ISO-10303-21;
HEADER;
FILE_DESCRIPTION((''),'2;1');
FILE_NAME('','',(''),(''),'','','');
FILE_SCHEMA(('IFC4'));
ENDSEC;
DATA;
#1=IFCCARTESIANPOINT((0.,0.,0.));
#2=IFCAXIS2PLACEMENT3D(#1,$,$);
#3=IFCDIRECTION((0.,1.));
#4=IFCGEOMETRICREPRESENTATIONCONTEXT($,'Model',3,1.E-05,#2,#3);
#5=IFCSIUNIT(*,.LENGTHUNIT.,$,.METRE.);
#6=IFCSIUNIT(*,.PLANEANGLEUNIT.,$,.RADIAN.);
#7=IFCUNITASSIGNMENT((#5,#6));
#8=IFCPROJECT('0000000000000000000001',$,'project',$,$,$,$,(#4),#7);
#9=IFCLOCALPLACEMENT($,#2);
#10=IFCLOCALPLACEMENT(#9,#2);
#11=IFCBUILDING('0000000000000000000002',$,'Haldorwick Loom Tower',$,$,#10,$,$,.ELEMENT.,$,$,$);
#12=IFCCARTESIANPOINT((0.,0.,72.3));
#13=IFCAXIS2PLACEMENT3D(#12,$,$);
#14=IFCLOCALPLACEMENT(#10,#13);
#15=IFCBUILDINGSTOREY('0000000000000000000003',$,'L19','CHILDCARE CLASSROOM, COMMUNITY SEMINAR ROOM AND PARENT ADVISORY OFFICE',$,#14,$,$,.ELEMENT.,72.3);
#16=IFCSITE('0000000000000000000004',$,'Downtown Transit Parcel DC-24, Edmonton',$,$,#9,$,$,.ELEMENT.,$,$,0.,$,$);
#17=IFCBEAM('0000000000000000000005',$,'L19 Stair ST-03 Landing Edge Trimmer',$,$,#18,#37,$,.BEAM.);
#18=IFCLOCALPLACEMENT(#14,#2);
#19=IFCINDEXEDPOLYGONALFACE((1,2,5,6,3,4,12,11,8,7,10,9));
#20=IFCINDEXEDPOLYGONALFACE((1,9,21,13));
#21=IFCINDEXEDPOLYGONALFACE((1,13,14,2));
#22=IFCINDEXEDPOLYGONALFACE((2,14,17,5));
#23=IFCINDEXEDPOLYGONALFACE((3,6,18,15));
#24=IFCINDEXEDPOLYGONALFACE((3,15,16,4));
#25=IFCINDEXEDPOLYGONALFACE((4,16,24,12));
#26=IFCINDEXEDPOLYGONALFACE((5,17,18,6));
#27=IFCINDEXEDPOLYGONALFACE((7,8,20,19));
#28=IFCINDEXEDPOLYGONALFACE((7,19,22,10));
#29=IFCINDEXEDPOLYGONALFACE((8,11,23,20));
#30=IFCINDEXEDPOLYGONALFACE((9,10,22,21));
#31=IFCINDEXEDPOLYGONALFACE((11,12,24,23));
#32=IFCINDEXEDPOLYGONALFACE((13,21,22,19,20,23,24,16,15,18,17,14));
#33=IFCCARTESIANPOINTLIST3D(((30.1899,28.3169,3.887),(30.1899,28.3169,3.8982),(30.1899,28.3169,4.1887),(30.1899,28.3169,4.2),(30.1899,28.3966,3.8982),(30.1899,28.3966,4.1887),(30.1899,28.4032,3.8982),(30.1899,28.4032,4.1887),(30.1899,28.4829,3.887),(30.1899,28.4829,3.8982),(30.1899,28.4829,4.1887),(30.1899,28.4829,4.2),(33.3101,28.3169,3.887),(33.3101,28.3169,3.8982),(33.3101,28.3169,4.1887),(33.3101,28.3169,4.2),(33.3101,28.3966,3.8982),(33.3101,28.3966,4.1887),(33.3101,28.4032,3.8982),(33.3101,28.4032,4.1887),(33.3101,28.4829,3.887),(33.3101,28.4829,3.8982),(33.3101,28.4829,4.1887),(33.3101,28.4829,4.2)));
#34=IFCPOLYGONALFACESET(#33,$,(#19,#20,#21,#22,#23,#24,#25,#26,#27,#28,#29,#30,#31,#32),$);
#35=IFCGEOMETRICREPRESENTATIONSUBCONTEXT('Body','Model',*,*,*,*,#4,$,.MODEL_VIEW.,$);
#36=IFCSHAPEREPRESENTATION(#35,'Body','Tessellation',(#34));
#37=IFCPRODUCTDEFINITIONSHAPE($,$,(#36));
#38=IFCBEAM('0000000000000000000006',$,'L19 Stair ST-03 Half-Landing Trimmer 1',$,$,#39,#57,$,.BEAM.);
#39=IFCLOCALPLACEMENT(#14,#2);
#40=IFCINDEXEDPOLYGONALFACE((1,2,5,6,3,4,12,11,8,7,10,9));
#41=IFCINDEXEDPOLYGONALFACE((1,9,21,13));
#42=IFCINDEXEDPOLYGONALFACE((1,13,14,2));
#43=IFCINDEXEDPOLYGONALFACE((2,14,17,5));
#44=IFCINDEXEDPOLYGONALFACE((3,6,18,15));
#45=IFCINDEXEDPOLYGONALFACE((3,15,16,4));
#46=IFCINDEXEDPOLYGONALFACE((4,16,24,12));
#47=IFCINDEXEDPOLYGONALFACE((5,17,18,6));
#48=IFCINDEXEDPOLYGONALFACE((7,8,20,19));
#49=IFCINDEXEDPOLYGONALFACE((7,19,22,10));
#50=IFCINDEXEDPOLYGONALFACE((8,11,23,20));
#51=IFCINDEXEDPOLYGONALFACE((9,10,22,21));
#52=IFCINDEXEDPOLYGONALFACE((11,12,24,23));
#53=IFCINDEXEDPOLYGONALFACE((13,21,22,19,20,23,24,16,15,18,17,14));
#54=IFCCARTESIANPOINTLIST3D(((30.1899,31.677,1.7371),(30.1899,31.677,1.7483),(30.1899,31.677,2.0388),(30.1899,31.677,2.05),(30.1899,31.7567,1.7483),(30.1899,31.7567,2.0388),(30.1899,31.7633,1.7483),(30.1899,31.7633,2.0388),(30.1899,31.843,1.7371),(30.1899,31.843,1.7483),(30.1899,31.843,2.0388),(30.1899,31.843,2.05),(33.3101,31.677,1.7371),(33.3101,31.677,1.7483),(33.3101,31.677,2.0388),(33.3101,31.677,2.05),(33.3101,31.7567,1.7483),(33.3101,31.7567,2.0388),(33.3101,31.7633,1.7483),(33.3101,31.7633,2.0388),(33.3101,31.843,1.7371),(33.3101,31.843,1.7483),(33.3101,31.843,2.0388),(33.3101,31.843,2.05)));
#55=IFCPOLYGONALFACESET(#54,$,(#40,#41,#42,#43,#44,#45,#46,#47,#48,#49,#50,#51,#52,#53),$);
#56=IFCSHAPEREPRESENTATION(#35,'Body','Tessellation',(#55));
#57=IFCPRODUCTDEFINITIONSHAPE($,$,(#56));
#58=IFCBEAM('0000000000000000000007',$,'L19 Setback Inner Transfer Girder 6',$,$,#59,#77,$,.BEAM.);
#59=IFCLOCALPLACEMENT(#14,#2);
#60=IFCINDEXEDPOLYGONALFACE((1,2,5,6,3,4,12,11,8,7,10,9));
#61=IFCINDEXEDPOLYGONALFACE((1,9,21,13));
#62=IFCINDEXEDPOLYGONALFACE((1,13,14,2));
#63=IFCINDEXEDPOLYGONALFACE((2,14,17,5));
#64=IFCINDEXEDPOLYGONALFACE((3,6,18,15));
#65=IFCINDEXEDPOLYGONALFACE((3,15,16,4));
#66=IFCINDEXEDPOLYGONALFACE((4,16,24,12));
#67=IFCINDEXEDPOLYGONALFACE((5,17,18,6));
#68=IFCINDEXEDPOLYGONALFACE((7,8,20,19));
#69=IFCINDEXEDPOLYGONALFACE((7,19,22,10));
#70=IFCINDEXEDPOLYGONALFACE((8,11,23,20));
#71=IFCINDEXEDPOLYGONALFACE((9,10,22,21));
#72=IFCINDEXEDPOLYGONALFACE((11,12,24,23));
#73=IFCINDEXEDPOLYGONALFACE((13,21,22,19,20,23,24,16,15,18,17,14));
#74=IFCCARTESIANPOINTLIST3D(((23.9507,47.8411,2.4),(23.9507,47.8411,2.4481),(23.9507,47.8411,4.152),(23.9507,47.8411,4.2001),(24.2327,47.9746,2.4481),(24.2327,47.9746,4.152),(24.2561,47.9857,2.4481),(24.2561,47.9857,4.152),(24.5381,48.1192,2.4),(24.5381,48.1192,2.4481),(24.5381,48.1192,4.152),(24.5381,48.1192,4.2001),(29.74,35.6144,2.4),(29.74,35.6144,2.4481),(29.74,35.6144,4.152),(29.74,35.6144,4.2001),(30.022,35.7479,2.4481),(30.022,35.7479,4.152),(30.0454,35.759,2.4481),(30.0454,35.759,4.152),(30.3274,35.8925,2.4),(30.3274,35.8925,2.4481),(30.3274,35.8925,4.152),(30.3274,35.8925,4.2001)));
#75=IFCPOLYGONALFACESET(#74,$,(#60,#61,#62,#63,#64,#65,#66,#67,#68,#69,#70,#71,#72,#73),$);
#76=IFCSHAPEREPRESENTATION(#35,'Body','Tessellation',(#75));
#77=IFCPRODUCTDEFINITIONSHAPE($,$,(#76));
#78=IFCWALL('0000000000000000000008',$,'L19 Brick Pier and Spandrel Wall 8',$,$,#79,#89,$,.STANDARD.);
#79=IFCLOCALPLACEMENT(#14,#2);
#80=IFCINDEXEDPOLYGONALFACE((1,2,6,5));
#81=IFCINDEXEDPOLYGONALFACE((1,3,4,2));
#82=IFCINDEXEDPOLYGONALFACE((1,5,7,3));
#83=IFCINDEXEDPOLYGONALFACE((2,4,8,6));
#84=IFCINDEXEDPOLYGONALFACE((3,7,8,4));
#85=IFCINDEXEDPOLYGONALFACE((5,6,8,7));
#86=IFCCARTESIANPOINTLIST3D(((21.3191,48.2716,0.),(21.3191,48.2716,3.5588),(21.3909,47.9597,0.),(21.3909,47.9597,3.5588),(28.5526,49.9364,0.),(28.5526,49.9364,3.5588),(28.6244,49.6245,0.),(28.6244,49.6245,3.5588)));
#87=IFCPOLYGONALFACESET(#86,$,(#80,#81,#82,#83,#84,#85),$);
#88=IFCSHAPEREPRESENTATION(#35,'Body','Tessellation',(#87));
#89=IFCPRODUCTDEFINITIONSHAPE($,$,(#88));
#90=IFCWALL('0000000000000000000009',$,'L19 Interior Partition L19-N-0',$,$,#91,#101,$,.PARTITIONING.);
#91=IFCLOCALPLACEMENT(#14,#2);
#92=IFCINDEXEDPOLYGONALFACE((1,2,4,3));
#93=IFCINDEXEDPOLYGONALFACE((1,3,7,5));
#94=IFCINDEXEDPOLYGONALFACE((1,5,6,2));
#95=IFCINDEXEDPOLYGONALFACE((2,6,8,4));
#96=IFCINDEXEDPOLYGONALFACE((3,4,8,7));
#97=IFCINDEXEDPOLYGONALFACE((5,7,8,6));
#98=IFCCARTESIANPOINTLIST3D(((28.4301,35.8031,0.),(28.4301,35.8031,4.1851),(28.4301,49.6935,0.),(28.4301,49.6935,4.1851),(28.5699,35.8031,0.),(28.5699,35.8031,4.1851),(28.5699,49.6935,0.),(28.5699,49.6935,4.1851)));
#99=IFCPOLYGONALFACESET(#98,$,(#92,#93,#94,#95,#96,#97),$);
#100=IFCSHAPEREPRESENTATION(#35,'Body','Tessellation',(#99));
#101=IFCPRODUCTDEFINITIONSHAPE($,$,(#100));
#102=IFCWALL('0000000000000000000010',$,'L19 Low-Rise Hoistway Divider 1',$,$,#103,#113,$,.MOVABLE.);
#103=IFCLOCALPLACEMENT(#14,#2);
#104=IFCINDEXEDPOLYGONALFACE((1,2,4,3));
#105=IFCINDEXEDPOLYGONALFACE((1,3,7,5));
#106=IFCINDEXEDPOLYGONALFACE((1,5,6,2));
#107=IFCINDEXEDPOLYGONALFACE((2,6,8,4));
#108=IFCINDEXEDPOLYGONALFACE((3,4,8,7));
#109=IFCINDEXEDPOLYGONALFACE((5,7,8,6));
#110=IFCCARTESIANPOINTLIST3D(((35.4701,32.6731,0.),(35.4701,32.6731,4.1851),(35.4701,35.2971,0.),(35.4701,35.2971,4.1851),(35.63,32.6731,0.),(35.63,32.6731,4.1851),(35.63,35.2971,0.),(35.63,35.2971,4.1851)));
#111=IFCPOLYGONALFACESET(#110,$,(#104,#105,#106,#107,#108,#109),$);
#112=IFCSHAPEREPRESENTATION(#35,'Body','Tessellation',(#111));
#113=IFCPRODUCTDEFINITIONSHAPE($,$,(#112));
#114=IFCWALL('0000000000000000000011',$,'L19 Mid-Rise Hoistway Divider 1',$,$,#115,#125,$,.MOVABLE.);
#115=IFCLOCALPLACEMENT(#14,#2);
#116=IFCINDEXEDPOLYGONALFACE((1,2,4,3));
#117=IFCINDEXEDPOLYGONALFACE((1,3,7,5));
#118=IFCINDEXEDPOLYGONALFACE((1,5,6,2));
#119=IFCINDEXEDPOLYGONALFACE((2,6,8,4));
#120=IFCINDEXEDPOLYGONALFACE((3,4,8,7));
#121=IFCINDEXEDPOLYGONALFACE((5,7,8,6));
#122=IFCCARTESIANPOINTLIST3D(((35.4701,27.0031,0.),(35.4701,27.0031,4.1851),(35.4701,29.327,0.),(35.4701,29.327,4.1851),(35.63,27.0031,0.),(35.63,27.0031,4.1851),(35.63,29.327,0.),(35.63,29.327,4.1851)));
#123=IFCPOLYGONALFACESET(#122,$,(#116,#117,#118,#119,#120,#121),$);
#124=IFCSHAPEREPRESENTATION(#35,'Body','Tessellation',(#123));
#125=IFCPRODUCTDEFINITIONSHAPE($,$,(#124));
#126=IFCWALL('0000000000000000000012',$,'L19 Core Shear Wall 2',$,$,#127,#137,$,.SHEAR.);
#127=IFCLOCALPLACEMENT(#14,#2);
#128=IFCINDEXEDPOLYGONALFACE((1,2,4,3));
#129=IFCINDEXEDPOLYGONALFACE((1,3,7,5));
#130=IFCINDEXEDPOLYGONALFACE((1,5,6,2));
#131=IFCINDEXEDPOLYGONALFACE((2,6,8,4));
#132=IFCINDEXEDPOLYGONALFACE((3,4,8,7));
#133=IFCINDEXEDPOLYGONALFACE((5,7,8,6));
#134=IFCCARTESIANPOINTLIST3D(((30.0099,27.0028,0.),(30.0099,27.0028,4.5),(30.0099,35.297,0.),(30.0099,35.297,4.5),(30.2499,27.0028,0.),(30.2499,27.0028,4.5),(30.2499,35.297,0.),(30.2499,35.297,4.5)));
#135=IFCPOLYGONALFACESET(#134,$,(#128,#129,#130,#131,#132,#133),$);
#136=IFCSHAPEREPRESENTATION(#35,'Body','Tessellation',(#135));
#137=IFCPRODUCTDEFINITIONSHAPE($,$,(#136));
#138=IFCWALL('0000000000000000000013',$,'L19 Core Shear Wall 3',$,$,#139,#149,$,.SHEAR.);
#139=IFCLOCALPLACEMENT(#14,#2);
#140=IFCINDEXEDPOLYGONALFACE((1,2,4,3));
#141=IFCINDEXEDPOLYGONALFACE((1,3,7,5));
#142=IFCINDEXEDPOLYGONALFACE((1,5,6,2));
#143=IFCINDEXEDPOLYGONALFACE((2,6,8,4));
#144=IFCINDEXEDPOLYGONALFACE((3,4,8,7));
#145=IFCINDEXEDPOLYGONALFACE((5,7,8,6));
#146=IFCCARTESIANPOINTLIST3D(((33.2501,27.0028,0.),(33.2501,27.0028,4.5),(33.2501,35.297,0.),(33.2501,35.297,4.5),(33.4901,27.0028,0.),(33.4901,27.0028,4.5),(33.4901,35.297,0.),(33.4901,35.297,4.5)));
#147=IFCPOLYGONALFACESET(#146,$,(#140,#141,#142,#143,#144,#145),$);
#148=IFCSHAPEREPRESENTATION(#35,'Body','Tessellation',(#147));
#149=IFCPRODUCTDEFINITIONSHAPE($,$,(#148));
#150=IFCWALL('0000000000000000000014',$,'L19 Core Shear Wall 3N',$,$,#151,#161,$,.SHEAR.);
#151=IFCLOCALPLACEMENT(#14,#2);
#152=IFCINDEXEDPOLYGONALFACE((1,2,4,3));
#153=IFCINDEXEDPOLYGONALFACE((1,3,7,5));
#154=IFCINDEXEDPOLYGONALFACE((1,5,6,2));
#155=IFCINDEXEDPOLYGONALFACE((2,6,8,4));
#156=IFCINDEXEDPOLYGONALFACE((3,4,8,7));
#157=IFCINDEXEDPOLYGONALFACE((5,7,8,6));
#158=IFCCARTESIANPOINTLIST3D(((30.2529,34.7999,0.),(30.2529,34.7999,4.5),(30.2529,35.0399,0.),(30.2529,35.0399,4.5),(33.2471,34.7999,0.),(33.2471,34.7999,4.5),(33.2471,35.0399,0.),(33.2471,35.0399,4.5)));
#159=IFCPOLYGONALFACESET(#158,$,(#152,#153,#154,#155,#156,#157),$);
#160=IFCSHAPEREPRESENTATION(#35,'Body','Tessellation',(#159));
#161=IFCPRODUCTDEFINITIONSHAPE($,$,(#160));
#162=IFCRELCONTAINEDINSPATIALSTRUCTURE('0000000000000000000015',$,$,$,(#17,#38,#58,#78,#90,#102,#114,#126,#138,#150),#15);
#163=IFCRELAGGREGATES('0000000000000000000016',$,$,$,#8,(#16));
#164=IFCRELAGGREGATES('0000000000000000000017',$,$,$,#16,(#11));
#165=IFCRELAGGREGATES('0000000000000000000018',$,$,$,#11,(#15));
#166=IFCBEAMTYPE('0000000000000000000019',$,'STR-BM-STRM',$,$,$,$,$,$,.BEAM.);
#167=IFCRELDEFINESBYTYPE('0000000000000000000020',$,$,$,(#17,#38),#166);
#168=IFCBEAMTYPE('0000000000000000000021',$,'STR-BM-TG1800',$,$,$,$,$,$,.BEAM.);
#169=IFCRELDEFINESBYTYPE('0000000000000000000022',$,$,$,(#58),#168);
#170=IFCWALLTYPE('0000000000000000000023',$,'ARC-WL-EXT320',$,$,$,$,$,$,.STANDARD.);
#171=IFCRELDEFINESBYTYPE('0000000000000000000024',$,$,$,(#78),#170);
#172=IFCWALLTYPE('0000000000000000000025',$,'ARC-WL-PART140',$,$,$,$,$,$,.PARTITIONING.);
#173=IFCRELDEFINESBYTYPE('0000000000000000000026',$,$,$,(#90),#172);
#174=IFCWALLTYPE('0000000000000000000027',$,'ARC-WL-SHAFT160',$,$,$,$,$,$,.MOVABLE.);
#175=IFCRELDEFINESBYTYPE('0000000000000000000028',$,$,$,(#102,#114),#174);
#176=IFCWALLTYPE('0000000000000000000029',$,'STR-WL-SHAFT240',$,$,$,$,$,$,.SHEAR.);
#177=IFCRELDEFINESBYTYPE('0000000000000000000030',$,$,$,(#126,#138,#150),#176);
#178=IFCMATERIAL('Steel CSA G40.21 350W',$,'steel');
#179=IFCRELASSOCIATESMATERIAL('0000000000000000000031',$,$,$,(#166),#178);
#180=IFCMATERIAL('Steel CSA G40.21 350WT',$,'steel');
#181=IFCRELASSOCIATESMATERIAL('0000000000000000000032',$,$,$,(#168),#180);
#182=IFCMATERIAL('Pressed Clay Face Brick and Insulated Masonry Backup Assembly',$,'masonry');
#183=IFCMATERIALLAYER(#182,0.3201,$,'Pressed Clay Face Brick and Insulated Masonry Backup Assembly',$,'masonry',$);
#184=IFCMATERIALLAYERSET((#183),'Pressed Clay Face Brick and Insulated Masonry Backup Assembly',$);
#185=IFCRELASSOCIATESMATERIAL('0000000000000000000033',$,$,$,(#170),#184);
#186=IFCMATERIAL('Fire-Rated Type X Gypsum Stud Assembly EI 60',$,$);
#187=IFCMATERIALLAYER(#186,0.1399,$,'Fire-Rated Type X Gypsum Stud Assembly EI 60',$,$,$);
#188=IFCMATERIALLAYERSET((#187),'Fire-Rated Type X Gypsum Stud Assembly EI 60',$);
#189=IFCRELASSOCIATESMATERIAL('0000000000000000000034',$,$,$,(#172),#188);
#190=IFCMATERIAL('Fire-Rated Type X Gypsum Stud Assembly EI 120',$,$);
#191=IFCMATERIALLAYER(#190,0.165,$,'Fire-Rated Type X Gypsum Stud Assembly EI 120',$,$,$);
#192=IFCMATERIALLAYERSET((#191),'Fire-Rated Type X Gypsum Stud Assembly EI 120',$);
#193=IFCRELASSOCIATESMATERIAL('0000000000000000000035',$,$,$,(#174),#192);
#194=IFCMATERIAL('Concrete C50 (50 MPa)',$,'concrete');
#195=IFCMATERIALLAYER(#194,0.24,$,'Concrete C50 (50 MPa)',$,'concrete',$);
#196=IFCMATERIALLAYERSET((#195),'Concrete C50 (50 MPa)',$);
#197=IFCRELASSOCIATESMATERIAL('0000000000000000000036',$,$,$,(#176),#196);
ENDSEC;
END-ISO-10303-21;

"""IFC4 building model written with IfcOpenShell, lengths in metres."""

from ifc_helpers import new_model, si_unit, direction, frame, frame_2d, origin, origin_2d, place, context, subcontext, project, spatial, rectangle, i_section, extrude, material, layer, layer_set, material_profile, profile_set, type_object, element, save


model = new_model("IFC4")

# Units and contexts
model_context = context("Model", 3, precision=1e-05, world=origin(), true_north=direction((0.0, 1.0)))
body_context = subcontext(model_context, "Body", "Model", "MODEL_VIEW")
ifc_project = project(units=[si_unit("LENGTHUNIT", "METRE"), si_unit("PLANEANGLEUNIT", "RADIAN")], contexts=[model_context])

# Site, building, storey
site_placement = place(None, origin())
site = spatial("IfcSite", under=ifc_project, at=site_placement, Name="Downtown Transit Parcel DC-24, Edmonton", CompositionType="ELEMENT", RefElevation=0.0)
building_placement = place(site_placement, origin())
building = spatial("IfcBuilding", under=site, at=building_placement, Name="Haldorwick Loom Tower", CompositionType="ELEMENT")
storey_placement = place(building_placement, frame((0.0, 0.0, 72.3)))
storey = spatial("IfcBuildingStorey", under=building, at=storey_placement, Name="L19", Description="CHILDCARE CLASSROOM, COMMUNITY SEMINAR ROOM AND PARENT ADVISORY OFFICE", CompositionType="ELEMENT", Elevation=72.3)

# Shared definitions
ifc_material_1 = material(Name="Steel CSA G40.21 350WT", Category="steel")

# Beams
ifc_material_2 = material(Name="Steel CSA G40.21 350W", Category="steel")
ifc_material_profile_1 = material_profile(ifc_material_2, i_section(OverallWidth=0.166, OverallDepth=0.313, WebThickness=0.0066, FlangeThickness=0.0112, at=origin_2d()), Name="W310X45", Category="steel")
ifc_profile_set_1 = profile_set([ifc_material_profile_1], Name="Steel CSA G40.21 350W")
beam_type_1 = type_object("IfcBeamType", Name="STR-BM-STRM", PredefinedType="BEAM", material=ifc_profile_set_1)
for number, where, z_axis, x_axis, name in (
    (1, (30.1899, 28.3999, 4.0435), (1.0, 0.0, 0.0), (0.0, 1.0, 0.0), "L19 Stair ST-03 Landing Edge Trimmer"),
    (2, (30.1899, 31.76, 1.8936), (1.0, 0.0, 0.0), (0.0, 1.0, 0.0), "L19 Stair ST-03 Half-Landing Trimmer 1"),
):
    element("IfcBeam", number, at=place(storey_placement, frame(where, z_axis=z_axis, x_axis=x_axis)), inside=storey, type_object=beam_type_1, Name=name, PredefinedType="BEAM", context=body_context, shape_type="SweptSolid", body=[
        extrude(i_section(OverallWidth=0.166, OverallDepth=0.313, WebThickness=0.0066, FlangeThickness=0.0112, at=origin_2d()), origin(), (0.0, 0.0, 1.0), 3.1201),
    ])
ifc_material_profile_2 = material_profile(ifc_material_1, i_section(OverallWidth=0.6499, OverallDepth=1.8, WebThickness=0.0259, FlangeThickness=0.0481, at=origin_2d()), Name="WWF1800X650", Category="steel")
ifc_profile_set_2 = profile_set([ifc_material_profile_2], Name="Steel CSA G40.21 350WT")
beam_type_2 = type_object("IfcBeamType", Name="STR-BM-TG1800", PredefinedType="BEAM", material=ifc_profile_set_2)
beam_1_placement = place(storey_placement, frame((30.0337, 35.7534, 3.3), z_axis=(-0.427945, 0.903805, 0.0), x_axis=(-0.903805, -0.427945, 0.0)))
element("IfcBeam", 3, at=beam_1_placement, inside=storey, type_object=beam_type_2, Name="L19 Setback Inner Transfer Girder 6", PredefinedType="BEAM", context=body_context, shape_type="SweptSolid", body=[
    extrude(i_section(OverallWidth=0.6499, OverallDepth=1.8, WebThickness=0.0259, FlangeThickness=0.0481, at=origin_2d()), origin(), (0.0, 0.0, 1.0), 13.5281),
])

# Walls
ifc_material_3 = material(Name="Pressed Clay Face Brick and Insulated Masonry Backup Assembly", Category="masonry")
ifc_layer_1 = layer(ifc_material_3, 0.3201, Name="Pressed Clay Face Brick and Insulated Masonry Backup Assembly", Category="masonry")
ifc_layer_set_1 = layer_set([ifc_layer_1], Name="Pressed Clay Face Brick and Insulated Masonry Backup Assembly")
wall_type_1 = type_object("IfcWallType", Name="ARC-WL-EXT320", PredefinedType="STANDARD", material=ifc_layer_set_1)
wall_1_placement = place(storey_placement, frame((28.5886, 49.7805, 0.0), z_axis=(0.0, 0.0, 1.0), x_axis=(-0.974522, -0.22429, 0.0)))
element("IfcWall", 4, at=wall_1_placement, inside=storey, type_object=wall_type_1, Name="L19 Brick Pier and Spandrel Wall 8", PredefinedType="STANDARD", context=body_context, shape_type="SweptSolid", body=[
    extrude(rectangle(XDim=7.4226, YDim=0.3201, at=frame_2d((3.7114, 0.0))), origin(), (0.0, 0.0, 1.0), 3.5588),
])
ifc_material_4 = material(Name="Fire-Rated Type X Gypsum Stud Assembly EI 60")
ifc_layer_2 = layer(ifc_material_4, 0.1399, Name="Fire-Rated Type X Gypsum Stud Assembly EI 60")
ifc_layer_set_2 = layer_set([ifc_layer_2], Name="Fire-Rated Type X Gypsum Stud Assembly EI 60")
wall_type_2 = type_object("IfcWallType", Name="ARC-WL-PART140", PredefinedType="PARTITIONING", material=ifc_layer_set_2)
wall_2_placement = place(storey_placement, frame((28.5, 35.803, 0.0), z_axis=(0.0, 0.0, 1.0), x_axis=(0.0, 1.0, 0.0)))
element("IfcWall", 5, at=wall_2_placement, inside=storey, type_object=wall_type_2, Name="L19 Interior Partition L19-N-0", PredefinedType="PARTITIONING", context=body_context, shape_type="SweptSolid", body=[
    extrude(rectangle(XDim=13.8904, YDim=0.1399, at=frame_2d((6.9453, 0.0))), origin(), (0.0, 0.0, 1.0), 4.1851),
])
ifc_material_5 = material(Name="Fire-Rated Type X Gypsum Stud Assembly EI 120")
ifc_layer_3 = layer(ifc_material_5, 0.165, Name="Fire-Rated Type X Gypsum Stud Assembly EI 120")
ifc_layer_set_3 = layer_set([ifc_layer_3], Name="Fire-Rated Type X Gypsum Stud Assembly EI 120")
wall_type_3 = type_object("IfcWallType", Name="ARC-WL-SHAFT160", PredefinedType="MOVABLE", material=ifc_layer_set_3)
wall_3_placement = place(storey_placement, frame((35.55, 32.6731, 0.0), z_axis=(0.0, 0.0, 1.0), x_axis=(0.0, 1.0, 0.0)))
element("IfcWall", 6, at=wall_3_placement, inside=storey, type_object=wall_type_3, Name="L19 Low-Rise Hoistway Divider 1", PredefinedType="MOVABLE", context=body_context, shape_type="SweptSolid", body=[
    extrude(rectangle(XDim=2.624, YDim=0.1599, at=frame_2d((1.312, 0.0))), origin(), (0.0, 0.0, 1.0), 4.1851),
])
wall_4_placement = place(storey_placement, frame((35.55, 27.0029, 0.0), z_axis=(0.0, 0.0, 1.0), x_axis=(0.0, 1.0, 0.0)))
element("IfcWall", 7, at=wall_4_placement, inside=storey, type_object=wall_type_3, Name="L19 Mid-Rise Hoistway Divider 1", PredefinedType="MOVABLE", context=body_context, shape_type="SweptSolid", body=[
    extrude(rectangle(XDim=2.324, YDim=0.1599, at=frame_2d((1.1621, 0.0))), origin(), (0.0, 0.0, 1.0), 4.1851),
])
ifc_material_6 = material(Name="Concrete C50 (50 MPa)", Category="concrete")
ifc_layer_4 = layer(ifc_material_6, 0.24, Name="Concrete C50 (50 MPa)", Category="concrete")
ifc_layer_set_4 = layer_set([ifc_layer_4], Name="Concrete C50 (50 MPa)")
wall_type_4 = type_object("IfcWallType", Name="STR-WL-SHAFT240", PredefinedType="SHEAR", material=ifc_layer_set_4)
for number, where, z_axis, x_axis, name in (
    (8, (30.1299, 27.0029, 0.0), (0.0, 0.0, 1.0), (0.0, 1.0, 0.0), "L19 Core Shear Wall 2"),
    (9, (33.3701, 27.0029, 0.0), (0.0, 0.0, 1.0), (0.0, 1.0, 0.0), "L19 Core Shear Wall 3"),
):
    element("IfcWall", number, at=place(storey_placement, frame(where, z_axis=z_axis, x_axis=x_axis)), inside=storey, type_object=wall_type_4, Name=name, PredefinedType="SHEAR", context=body_context, shape_type="SweptSolid", body=[
        extrude(rectangle(XDim=8.2942, YDim=0.24, at=frame_2d((4.147, 0.0))), origin(), (0.0, 0.0, 1.0), 4.5),
    ])
wall_5_placement = place(storey_placement, frame((30.2529, 34.9199, 0.0), z_axis=(0.0, 0.0, 1.0), x_axis=(1.0, 0.0, 0.0)))
element("IfcWall", 10, at=wall_5_placement, inside=storey, type_object=wall_type_4, Name="L19 Core Shear Wall 3N", PredefinedType="SHEAR", context=body_context, shape_type="SweptSolid", body=[
    extrude(rectangle(XDim=2.9941, YDim=0.24, at=frame_2d((1.4971, 0.0))), origin(), (0.0, 0.0, 1.0), 4.5),
])

save(model, "model.ifc")
